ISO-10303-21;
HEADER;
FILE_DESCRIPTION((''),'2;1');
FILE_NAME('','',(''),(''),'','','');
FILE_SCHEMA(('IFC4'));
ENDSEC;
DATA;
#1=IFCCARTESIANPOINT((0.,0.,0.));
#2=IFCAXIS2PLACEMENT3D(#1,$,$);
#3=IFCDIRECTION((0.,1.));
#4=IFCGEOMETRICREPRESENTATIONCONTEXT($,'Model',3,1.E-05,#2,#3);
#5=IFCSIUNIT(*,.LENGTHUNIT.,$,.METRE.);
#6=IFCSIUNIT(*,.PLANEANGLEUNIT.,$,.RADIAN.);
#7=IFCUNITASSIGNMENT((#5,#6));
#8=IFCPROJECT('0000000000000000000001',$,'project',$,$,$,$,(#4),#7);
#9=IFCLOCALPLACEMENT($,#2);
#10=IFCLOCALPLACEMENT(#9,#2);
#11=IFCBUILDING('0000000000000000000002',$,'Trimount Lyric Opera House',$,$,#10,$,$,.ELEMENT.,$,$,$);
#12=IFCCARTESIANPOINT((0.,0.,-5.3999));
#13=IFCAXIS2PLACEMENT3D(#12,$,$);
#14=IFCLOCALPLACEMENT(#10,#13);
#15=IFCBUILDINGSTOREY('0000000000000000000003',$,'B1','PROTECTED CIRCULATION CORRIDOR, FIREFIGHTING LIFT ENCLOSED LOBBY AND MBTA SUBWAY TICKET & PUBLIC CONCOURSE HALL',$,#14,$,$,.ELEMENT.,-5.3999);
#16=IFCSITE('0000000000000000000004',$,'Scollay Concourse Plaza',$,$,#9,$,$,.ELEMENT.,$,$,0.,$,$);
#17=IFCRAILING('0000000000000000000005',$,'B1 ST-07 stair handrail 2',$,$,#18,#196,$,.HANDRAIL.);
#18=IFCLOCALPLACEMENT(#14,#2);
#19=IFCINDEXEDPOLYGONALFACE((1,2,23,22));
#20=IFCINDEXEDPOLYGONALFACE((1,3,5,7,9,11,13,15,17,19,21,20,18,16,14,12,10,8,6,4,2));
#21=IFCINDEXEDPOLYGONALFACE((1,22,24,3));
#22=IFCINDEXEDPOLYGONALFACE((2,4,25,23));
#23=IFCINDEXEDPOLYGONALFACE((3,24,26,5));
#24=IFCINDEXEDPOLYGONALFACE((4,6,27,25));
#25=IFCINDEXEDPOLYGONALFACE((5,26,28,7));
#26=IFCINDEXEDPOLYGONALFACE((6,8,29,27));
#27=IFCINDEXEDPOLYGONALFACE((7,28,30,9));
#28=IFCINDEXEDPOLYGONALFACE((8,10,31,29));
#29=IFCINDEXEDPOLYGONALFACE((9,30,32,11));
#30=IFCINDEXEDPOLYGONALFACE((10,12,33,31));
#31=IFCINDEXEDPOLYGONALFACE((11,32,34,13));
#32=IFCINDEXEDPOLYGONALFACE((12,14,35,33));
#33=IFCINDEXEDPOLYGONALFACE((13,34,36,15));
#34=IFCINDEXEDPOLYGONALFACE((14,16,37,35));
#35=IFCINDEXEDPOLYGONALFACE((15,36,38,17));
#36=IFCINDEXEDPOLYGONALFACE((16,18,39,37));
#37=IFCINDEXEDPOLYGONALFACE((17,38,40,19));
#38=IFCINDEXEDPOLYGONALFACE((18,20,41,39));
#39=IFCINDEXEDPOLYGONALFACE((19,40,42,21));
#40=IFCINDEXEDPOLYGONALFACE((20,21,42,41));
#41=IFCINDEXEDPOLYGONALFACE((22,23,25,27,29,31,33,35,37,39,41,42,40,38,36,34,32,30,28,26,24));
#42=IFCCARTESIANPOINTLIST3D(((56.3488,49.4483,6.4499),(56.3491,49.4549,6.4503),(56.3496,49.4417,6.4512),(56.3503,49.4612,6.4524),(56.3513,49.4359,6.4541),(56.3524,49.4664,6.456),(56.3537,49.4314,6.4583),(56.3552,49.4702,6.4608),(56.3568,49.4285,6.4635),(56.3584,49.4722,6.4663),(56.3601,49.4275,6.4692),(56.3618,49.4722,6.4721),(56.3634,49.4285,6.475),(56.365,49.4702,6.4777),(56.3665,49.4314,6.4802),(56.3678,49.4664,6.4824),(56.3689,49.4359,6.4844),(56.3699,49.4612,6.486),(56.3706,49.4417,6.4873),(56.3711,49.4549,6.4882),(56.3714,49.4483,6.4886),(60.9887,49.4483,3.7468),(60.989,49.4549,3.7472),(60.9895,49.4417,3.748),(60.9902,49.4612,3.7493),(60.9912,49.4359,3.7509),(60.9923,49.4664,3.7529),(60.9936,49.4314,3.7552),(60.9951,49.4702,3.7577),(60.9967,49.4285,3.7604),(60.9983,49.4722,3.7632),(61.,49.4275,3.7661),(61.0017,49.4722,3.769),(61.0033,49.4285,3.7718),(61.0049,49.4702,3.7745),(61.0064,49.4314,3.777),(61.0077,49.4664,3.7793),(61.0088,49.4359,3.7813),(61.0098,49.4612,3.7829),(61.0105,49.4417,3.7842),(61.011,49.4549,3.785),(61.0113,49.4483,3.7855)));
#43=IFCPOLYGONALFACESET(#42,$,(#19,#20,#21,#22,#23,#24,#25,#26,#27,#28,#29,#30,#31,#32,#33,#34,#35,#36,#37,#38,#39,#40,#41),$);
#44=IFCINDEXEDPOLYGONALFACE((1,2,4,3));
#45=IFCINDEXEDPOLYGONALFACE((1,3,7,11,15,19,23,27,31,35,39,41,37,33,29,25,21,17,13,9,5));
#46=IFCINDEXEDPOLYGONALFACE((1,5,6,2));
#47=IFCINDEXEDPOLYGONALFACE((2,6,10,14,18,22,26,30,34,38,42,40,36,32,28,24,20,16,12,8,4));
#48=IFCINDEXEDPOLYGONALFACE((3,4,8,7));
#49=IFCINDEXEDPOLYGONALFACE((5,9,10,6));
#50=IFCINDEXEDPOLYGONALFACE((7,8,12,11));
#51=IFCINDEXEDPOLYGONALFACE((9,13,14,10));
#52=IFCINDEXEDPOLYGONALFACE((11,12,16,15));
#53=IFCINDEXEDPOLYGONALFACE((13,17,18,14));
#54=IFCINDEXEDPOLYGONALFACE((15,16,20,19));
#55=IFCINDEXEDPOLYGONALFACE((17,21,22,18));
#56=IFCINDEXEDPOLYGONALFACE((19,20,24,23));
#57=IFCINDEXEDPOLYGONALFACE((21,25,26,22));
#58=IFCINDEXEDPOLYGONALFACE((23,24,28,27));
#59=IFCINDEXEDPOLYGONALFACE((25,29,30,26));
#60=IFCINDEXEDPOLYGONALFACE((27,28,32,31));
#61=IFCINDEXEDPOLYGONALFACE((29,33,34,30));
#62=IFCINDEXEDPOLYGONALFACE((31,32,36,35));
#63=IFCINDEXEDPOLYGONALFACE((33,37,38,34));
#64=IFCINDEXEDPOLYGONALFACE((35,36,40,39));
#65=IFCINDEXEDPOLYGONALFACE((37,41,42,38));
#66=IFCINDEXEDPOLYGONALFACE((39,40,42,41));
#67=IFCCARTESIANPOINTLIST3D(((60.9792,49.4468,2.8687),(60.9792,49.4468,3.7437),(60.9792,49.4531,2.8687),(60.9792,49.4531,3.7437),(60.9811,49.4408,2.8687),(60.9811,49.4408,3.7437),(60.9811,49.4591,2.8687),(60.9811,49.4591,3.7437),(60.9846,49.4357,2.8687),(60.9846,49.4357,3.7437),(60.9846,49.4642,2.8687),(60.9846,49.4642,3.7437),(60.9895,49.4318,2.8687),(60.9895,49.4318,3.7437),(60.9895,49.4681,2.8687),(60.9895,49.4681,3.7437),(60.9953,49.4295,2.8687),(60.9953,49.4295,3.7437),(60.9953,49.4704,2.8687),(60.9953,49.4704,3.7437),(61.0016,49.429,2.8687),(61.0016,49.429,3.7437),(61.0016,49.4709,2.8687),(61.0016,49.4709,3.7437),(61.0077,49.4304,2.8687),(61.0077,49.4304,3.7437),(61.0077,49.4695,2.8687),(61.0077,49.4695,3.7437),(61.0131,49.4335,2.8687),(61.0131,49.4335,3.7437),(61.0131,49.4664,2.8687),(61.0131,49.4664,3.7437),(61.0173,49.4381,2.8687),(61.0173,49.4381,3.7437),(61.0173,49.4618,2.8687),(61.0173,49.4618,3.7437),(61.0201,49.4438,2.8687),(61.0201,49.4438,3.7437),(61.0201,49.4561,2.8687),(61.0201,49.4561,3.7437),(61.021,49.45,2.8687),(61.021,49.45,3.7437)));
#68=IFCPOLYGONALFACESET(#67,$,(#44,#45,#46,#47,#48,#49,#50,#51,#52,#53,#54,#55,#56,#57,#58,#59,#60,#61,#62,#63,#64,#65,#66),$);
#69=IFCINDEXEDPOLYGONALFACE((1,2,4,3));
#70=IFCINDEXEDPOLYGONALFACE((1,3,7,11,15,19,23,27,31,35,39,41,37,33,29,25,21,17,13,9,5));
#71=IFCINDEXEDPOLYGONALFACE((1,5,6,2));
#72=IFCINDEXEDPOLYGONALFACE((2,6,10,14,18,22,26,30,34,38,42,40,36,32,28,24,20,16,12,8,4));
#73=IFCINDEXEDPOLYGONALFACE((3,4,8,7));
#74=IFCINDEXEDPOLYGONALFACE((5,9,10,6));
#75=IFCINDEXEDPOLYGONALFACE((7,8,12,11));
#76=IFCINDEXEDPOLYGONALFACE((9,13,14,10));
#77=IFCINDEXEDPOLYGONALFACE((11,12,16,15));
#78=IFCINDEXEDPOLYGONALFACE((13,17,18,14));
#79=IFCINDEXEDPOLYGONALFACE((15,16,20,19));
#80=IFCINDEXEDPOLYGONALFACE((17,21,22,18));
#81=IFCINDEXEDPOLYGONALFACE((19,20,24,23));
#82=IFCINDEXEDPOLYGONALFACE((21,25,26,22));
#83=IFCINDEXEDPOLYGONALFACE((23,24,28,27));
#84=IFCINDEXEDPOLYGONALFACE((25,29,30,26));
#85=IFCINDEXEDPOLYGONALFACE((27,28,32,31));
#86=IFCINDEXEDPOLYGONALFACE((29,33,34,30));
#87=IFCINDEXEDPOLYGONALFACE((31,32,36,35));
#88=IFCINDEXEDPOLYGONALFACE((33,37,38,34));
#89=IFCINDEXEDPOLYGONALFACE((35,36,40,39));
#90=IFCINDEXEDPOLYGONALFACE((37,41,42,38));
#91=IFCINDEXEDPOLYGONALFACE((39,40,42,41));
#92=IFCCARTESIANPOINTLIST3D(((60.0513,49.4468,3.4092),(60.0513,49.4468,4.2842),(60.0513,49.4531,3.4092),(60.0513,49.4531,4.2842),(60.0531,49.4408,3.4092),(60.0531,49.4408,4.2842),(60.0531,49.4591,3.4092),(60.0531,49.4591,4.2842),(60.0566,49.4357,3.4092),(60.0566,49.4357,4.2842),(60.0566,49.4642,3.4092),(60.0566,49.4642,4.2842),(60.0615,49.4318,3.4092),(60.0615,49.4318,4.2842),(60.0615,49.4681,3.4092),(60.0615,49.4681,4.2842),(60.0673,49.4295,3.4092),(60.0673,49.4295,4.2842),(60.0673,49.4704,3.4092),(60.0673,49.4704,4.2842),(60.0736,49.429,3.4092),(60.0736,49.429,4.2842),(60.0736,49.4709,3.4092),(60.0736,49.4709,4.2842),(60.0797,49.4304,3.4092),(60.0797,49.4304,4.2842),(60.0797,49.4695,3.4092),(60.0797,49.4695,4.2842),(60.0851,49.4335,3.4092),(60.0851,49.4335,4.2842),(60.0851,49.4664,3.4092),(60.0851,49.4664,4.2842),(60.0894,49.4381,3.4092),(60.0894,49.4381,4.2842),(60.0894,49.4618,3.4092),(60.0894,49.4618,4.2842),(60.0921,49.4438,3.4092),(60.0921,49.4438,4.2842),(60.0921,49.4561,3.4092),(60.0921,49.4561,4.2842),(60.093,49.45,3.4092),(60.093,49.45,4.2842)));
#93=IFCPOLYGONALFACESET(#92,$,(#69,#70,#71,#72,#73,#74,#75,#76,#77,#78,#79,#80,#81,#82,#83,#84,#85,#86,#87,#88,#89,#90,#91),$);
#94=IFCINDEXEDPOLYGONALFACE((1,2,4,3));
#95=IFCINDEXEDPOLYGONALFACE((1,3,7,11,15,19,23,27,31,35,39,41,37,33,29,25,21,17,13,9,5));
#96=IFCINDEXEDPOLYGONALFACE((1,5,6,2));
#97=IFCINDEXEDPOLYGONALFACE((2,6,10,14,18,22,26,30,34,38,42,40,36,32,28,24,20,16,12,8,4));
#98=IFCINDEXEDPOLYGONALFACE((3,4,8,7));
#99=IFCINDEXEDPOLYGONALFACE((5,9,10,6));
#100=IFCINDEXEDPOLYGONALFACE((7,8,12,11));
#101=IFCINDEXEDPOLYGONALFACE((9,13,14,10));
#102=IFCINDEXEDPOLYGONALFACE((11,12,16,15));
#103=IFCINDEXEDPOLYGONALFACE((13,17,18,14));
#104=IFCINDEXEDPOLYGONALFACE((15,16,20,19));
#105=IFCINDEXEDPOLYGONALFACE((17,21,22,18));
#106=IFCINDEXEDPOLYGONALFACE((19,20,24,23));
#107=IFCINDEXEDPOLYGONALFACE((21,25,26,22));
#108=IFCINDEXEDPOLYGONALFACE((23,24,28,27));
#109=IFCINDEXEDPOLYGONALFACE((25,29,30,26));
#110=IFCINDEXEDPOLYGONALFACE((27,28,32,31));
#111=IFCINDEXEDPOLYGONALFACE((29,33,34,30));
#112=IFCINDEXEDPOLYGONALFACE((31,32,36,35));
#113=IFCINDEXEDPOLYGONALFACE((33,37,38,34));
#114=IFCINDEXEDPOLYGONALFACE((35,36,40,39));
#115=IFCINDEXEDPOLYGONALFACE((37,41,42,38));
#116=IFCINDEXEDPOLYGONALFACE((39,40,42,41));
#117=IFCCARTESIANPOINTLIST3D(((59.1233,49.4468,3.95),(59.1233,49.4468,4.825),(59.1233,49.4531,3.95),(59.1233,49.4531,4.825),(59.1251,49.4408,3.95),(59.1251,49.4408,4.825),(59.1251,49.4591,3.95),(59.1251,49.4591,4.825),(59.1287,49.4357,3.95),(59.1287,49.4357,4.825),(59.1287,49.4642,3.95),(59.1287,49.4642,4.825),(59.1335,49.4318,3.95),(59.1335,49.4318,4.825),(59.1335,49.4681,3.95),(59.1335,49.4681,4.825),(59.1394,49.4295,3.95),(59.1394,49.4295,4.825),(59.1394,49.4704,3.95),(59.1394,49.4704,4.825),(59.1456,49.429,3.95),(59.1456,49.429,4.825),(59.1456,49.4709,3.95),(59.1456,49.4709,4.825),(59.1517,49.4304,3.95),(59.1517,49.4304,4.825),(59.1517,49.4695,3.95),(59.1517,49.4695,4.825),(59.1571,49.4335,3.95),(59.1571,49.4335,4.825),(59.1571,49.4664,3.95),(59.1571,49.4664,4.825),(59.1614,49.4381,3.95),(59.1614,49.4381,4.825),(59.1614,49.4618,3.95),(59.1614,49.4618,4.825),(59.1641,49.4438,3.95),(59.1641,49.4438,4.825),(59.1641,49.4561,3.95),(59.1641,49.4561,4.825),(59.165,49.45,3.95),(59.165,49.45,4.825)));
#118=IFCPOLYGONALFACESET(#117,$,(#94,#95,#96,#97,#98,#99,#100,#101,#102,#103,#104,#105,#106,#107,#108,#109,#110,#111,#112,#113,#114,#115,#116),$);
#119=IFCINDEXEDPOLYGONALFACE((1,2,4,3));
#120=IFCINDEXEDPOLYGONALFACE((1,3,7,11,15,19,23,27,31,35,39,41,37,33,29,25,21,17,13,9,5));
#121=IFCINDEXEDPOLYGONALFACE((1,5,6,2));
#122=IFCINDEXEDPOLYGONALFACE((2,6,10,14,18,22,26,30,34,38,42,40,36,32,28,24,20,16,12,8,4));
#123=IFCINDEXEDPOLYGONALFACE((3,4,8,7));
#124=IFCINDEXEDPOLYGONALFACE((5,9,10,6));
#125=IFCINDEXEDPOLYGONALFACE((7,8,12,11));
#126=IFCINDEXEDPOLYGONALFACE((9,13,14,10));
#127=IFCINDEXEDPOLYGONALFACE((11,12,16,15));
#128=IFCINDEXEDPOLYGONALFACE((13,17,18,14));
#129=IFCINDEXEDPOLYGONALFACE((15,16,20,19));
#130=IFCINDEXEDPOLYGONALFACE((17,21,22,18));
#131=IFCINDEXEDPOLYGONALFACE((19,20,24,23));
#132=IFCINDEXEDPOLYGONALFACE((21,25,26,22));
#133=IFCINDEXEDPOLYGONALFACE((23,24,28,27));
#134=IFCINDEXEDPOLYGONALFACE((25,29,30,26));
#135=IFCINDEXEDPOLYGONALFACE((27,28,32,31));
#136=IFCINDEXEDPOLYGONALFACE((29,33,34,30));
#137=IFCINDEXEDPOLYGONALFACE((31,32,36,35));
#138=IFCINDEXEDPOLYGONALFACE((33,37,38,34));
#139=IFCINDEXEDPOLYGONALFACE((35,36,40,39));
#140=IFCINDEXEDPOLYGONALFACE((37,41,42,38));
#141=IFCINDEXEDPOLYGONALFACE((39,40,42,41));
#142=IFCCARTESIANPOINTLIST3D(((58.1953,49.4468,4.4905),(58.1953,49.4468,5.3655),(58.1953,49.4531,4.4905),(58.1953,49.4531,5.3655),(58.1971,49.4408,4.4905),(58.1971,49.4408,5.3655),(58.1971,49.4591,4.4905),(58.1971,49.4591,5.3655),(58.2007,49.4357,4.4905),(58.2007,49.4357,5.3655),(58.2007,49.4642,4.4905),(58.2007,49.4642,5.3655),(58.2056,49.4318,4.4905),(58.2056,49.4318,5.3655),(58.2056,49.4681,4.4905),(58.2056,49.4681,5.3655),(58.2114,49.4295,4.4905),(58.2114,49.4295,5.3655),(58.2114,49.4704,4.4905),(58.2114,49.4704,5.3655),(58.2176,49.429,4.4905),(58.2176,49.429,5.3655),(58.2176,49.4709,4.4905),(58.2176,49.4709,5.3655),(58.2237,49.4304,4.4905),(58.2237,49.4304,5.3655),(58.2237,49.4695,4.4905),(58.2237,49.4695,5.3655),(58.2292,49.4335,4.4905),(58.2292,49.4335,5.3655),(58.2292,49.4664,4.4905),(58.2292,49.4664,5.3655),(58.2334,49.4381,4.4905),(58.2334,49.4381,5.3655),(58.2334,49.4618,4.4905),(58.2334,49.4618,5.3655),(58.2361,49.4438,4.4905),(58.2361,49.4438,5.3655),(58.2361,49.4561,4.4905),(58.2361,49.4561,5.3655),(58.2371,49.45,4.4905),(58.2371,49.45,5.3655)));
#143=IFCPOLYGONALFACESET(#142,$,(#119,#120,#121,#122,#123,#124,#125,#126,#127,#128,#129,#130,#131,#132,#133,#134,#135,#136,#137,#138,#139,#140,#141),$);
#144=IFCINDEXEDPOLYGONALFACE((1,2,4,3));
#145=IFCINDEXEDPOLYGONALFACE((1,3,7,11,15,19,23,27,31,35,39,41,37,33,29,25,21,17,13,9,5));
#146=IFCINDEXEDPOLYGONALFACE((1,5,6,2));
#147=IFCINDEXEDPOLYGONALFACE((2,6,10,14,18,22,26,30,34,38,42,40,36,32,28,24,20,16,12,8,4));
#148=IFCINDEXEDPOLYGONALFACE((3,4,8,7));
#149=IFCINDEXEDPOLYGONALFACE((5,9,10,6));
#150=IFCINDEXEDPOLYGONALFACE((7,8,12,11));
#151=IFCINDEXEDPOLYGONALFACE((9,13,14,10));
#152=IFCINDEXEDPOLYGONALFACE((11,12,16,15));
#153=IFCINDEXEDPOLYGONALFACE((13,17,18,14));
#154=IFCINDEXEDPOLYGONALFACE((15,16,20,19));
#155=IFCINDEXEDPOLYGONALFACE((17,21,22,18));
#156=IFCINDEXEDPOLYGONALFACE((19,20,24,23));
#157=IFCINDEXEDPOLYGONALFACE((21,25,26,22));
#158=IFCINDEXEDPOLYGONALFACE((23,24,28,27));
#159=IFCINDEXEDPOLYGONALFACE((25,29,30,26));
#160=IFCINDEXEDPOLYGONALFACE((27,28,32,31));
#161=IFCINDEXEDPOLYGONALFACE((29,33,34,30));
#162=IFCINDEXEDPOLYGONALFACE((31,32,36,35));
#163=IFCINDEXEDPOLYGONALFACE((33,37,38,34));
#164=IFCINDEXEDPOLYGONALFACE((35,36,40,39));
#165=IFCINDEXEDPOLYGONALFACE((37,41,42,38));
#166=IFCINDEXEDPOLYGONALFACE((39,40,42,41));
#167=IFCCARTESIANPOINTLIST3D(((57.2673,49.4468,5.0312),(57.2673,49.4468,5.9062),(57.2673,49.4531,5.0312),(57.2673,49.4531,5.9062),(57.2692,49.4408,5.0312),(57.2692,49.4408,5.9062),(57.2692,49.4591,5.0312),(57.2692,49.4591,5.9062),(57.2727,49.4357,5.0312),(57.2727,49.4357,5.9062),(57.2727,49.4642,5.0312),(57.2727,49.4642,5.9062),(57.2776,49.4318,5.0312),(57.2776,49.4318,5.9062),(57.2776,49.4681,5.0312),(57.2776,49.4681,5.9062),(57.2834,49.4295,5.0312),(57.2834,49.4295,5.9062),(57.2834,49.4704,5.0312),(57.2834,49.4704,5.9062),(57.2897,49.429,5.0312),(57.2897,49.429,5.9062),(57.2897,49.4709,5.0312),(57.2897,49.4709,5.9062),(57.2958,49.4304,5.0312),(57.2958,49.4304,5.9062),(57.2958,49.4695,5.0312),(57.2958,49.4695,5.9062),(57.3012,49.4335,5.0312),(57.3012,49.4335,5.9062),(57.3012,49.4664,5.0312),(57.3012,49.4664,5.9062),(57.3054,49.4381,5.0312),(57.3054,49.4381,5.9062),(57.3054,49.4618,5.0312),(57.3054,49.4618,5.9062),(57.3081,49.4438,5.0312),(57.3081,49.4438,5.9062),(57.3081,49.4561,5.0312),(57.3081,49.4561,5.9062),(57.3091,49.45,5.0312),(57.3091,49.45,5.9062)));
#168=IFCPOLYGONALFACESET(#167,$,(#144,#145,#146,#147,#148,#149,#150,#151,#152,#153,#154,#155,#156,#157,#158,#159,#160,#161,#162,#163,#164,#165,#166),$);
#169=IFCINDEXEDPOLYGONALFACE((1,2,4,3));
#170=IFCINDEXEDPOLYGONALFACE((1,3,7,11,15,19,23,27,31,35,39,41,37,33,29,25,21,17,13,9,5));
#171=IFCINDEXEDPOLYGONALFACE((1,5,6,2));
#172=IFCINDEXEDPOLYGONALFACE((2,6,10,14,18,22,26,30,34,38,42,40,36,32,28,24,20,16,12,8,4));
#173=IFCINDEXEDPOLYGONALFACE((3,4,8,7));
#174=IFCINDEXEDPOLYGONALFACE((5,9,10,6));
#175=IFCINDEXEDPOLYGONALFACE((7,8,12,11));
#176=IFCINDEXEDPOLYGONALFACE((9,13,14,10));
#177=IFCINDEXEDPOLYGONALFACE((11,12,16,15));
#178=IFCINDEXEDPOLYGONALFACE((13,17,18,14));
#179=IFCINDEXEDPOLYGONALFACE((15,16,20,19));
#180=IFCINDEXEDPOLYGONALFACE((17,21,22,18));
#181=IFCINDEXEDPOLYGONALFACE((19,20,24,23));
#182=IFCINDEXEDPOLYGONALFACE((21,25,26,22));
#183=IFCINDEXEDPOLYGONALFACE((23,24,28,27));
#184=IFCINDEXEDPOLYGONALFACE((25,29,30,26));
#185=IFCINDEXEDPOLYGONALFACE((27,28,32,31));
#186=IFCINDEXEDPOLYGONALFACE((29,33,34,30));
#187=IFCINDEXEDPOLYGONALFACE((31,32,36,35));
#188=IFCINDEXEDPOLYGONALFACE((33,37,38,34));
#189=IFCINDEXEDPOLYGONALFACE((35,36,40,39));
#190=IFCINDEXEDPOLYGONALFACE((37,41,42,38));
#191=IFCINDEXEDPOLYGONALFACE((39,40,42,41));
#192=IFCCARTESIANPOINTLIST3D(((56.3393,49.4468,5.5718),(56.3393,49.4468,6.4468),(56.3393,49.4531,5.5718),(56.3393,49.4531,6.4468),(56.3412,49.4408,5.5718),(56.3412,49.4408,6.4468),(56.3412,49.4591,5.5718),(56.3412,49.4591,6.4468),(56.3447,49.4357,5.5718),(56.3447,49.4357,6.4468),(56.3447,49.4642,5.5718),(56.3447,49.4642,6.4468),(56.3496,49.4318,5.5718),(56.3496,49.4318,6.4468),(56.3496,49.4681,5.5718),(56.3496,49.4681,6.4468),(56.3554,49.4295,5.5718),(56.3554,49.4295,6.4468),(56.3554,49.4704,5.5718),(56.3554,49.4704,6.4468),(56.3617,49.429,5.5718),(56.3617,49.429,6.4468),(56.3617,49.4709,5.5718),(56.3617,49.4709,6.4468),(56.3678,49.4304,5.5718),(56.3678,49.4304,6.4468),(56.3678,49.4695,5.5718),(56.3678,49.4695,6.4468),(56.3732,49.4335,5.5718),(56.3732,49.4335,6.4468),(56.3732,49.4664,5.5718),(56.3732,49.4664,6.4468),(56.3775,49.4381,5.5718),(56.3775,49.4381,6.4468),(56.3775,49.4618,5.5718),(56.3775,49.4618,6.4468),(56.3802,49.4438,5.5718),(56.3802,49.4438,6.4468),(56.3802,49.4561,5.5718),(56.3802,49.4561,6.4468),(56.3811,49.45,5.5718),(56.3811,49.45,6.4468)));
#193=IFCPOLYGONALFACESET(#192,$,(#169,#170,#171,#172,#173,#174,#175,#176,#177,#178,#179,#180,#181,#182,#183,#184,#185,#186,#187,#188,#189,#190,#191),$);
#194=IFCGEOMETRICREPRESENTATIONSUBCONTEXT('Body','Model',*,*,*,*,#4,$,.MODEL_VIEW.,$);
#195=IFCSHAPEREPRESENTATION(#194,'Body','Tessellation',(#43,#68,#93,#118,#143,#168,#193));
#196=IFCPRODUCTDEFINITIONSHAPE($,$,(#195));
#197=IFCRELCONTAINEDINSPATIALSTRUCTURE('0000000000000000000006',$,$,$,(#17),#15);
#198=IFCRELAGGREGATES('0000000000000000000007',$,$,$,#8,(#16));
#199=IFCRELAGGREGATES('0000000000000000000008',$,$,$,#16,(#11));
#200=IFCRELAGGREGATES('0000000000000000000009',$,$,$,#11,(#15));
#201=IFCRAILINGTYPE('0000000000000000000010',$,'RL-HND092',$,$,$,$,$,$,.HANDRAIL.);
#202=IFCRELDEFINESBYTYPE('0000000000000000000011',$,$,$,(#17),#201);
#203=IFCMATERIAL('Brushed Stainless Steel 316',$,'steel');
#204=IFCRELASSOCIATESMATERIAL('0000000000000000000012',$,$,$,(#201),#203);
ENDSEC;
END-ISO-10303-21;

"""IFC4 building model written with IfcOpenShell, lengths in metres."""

from ifc_helpers import new_model, si_unit, direction, frame, origin, origin_2d, place, context, subcontext, project, spatial, circle, extrude, material, type_object, element, save


model = new_model("IFC4")

# Units and contexts
model_context = context("Model", 3, precision=1e-05, world=origin(), true_north=direction((0.0, 1.0)))
body_context = subcontext(model_context, "Body", "Model", "MODEL_VIEW")
ifc_project = project(units=[si_unit("LENGTHUNIT", "METRE"), si_unit("PLANEANGLEUNIT", "RADIAN")], contexts=[model_context])

# Site, building, storey
site_placement = place(None, origin())
site = spatial("IfcSite", under=ifc_project, at=site_placement, Name="Scollay Concourse Plaza", CompositionType="ELEMENT", RefElevation=0.0)
building_placement = place(site_placement, origin())
building = spatial("IfcBuilding", under=site, at=building_placement, Name="Trimount Lyric Opera House", CompositionType="ELEMENT")
storey_placement = place(building_placement, frame((0.0, 0.0, -5.3999)))
storey = spatial("IfcBuildingStorey", under=building, at=storey_placement, Name="B1", Description="PROTECTED CIRCULATION CORRIDOR, FIREFIGHTING LIFT ENCLOSED LOBBY AND MBTA SUBWAY TICKET & PUBLIC CONCOURSE HALL", CompositionType="ELEMENT", Elevation=-5.3999)

# Railing
ifc_material_1 = material(Name="Brushed Stainless Steel 316", Category="steel")
railing_type_1 = type_object("IfcRailingType", Name="RL-HND092", PredefinedType="HANDRAIL", material=ifc_material_1)
railing_1_placement = place(storey_placement, frame((61.0, 49.45, 2.8687)))
element("IfcRailing", 1, at=railing_1_placement, inside=storey, type_object=railing_type_1, Name="B1 ST-07 stair handrail 2", PredefinedType="HANDRAIL", context=body_context, shape_type="SweptSolid", body=[
    extrude(circle(Radius=0.0225, at=origin_2d()), frame((0.0, 0.0, 0.8975), z_axis=(-0.864061, 0.0, 0.503388), x_axis=(0.0, -1.0, 0.0)), (0.0, 0.0, 1.0), 5.3699),
    extrude(circle(Radius=0.021, at=origin_2d()), origin(), (0.0, 0.0, 1.0), 0.875),
    extrude(circle(Radius=0.021, at=origin_2d()), frame((-0.928, 0.0, 0.5405)), (0.0, 0.0, 1.0), 0.875),
    extrude(circle(Radius=0.021, at=origin_2d()), frame((-1.856, 0.0, 1.0813)), (0.0, 0.0, 1.0), 0.875),
    extrude(circle(Radius=0.021, at=origin_2d()), frame((-2.7839, 0.0, 1.6218)), (0.0, 0.0, 1.0), 0.875),
    extrude(circle(Radius=0.021, at=origin_2d()), frame((-3.7119, 0.0, 2.1626)), (0.0, 0.0, 1.0), 0.875),
    extrude(circle(Radius=0.021, at=origin_2d()), frame((-4.6399, 0.0, 2.7031)), (0.0, 0.0, 1.0), 0.875),
])

save(model, "model.ifc")
